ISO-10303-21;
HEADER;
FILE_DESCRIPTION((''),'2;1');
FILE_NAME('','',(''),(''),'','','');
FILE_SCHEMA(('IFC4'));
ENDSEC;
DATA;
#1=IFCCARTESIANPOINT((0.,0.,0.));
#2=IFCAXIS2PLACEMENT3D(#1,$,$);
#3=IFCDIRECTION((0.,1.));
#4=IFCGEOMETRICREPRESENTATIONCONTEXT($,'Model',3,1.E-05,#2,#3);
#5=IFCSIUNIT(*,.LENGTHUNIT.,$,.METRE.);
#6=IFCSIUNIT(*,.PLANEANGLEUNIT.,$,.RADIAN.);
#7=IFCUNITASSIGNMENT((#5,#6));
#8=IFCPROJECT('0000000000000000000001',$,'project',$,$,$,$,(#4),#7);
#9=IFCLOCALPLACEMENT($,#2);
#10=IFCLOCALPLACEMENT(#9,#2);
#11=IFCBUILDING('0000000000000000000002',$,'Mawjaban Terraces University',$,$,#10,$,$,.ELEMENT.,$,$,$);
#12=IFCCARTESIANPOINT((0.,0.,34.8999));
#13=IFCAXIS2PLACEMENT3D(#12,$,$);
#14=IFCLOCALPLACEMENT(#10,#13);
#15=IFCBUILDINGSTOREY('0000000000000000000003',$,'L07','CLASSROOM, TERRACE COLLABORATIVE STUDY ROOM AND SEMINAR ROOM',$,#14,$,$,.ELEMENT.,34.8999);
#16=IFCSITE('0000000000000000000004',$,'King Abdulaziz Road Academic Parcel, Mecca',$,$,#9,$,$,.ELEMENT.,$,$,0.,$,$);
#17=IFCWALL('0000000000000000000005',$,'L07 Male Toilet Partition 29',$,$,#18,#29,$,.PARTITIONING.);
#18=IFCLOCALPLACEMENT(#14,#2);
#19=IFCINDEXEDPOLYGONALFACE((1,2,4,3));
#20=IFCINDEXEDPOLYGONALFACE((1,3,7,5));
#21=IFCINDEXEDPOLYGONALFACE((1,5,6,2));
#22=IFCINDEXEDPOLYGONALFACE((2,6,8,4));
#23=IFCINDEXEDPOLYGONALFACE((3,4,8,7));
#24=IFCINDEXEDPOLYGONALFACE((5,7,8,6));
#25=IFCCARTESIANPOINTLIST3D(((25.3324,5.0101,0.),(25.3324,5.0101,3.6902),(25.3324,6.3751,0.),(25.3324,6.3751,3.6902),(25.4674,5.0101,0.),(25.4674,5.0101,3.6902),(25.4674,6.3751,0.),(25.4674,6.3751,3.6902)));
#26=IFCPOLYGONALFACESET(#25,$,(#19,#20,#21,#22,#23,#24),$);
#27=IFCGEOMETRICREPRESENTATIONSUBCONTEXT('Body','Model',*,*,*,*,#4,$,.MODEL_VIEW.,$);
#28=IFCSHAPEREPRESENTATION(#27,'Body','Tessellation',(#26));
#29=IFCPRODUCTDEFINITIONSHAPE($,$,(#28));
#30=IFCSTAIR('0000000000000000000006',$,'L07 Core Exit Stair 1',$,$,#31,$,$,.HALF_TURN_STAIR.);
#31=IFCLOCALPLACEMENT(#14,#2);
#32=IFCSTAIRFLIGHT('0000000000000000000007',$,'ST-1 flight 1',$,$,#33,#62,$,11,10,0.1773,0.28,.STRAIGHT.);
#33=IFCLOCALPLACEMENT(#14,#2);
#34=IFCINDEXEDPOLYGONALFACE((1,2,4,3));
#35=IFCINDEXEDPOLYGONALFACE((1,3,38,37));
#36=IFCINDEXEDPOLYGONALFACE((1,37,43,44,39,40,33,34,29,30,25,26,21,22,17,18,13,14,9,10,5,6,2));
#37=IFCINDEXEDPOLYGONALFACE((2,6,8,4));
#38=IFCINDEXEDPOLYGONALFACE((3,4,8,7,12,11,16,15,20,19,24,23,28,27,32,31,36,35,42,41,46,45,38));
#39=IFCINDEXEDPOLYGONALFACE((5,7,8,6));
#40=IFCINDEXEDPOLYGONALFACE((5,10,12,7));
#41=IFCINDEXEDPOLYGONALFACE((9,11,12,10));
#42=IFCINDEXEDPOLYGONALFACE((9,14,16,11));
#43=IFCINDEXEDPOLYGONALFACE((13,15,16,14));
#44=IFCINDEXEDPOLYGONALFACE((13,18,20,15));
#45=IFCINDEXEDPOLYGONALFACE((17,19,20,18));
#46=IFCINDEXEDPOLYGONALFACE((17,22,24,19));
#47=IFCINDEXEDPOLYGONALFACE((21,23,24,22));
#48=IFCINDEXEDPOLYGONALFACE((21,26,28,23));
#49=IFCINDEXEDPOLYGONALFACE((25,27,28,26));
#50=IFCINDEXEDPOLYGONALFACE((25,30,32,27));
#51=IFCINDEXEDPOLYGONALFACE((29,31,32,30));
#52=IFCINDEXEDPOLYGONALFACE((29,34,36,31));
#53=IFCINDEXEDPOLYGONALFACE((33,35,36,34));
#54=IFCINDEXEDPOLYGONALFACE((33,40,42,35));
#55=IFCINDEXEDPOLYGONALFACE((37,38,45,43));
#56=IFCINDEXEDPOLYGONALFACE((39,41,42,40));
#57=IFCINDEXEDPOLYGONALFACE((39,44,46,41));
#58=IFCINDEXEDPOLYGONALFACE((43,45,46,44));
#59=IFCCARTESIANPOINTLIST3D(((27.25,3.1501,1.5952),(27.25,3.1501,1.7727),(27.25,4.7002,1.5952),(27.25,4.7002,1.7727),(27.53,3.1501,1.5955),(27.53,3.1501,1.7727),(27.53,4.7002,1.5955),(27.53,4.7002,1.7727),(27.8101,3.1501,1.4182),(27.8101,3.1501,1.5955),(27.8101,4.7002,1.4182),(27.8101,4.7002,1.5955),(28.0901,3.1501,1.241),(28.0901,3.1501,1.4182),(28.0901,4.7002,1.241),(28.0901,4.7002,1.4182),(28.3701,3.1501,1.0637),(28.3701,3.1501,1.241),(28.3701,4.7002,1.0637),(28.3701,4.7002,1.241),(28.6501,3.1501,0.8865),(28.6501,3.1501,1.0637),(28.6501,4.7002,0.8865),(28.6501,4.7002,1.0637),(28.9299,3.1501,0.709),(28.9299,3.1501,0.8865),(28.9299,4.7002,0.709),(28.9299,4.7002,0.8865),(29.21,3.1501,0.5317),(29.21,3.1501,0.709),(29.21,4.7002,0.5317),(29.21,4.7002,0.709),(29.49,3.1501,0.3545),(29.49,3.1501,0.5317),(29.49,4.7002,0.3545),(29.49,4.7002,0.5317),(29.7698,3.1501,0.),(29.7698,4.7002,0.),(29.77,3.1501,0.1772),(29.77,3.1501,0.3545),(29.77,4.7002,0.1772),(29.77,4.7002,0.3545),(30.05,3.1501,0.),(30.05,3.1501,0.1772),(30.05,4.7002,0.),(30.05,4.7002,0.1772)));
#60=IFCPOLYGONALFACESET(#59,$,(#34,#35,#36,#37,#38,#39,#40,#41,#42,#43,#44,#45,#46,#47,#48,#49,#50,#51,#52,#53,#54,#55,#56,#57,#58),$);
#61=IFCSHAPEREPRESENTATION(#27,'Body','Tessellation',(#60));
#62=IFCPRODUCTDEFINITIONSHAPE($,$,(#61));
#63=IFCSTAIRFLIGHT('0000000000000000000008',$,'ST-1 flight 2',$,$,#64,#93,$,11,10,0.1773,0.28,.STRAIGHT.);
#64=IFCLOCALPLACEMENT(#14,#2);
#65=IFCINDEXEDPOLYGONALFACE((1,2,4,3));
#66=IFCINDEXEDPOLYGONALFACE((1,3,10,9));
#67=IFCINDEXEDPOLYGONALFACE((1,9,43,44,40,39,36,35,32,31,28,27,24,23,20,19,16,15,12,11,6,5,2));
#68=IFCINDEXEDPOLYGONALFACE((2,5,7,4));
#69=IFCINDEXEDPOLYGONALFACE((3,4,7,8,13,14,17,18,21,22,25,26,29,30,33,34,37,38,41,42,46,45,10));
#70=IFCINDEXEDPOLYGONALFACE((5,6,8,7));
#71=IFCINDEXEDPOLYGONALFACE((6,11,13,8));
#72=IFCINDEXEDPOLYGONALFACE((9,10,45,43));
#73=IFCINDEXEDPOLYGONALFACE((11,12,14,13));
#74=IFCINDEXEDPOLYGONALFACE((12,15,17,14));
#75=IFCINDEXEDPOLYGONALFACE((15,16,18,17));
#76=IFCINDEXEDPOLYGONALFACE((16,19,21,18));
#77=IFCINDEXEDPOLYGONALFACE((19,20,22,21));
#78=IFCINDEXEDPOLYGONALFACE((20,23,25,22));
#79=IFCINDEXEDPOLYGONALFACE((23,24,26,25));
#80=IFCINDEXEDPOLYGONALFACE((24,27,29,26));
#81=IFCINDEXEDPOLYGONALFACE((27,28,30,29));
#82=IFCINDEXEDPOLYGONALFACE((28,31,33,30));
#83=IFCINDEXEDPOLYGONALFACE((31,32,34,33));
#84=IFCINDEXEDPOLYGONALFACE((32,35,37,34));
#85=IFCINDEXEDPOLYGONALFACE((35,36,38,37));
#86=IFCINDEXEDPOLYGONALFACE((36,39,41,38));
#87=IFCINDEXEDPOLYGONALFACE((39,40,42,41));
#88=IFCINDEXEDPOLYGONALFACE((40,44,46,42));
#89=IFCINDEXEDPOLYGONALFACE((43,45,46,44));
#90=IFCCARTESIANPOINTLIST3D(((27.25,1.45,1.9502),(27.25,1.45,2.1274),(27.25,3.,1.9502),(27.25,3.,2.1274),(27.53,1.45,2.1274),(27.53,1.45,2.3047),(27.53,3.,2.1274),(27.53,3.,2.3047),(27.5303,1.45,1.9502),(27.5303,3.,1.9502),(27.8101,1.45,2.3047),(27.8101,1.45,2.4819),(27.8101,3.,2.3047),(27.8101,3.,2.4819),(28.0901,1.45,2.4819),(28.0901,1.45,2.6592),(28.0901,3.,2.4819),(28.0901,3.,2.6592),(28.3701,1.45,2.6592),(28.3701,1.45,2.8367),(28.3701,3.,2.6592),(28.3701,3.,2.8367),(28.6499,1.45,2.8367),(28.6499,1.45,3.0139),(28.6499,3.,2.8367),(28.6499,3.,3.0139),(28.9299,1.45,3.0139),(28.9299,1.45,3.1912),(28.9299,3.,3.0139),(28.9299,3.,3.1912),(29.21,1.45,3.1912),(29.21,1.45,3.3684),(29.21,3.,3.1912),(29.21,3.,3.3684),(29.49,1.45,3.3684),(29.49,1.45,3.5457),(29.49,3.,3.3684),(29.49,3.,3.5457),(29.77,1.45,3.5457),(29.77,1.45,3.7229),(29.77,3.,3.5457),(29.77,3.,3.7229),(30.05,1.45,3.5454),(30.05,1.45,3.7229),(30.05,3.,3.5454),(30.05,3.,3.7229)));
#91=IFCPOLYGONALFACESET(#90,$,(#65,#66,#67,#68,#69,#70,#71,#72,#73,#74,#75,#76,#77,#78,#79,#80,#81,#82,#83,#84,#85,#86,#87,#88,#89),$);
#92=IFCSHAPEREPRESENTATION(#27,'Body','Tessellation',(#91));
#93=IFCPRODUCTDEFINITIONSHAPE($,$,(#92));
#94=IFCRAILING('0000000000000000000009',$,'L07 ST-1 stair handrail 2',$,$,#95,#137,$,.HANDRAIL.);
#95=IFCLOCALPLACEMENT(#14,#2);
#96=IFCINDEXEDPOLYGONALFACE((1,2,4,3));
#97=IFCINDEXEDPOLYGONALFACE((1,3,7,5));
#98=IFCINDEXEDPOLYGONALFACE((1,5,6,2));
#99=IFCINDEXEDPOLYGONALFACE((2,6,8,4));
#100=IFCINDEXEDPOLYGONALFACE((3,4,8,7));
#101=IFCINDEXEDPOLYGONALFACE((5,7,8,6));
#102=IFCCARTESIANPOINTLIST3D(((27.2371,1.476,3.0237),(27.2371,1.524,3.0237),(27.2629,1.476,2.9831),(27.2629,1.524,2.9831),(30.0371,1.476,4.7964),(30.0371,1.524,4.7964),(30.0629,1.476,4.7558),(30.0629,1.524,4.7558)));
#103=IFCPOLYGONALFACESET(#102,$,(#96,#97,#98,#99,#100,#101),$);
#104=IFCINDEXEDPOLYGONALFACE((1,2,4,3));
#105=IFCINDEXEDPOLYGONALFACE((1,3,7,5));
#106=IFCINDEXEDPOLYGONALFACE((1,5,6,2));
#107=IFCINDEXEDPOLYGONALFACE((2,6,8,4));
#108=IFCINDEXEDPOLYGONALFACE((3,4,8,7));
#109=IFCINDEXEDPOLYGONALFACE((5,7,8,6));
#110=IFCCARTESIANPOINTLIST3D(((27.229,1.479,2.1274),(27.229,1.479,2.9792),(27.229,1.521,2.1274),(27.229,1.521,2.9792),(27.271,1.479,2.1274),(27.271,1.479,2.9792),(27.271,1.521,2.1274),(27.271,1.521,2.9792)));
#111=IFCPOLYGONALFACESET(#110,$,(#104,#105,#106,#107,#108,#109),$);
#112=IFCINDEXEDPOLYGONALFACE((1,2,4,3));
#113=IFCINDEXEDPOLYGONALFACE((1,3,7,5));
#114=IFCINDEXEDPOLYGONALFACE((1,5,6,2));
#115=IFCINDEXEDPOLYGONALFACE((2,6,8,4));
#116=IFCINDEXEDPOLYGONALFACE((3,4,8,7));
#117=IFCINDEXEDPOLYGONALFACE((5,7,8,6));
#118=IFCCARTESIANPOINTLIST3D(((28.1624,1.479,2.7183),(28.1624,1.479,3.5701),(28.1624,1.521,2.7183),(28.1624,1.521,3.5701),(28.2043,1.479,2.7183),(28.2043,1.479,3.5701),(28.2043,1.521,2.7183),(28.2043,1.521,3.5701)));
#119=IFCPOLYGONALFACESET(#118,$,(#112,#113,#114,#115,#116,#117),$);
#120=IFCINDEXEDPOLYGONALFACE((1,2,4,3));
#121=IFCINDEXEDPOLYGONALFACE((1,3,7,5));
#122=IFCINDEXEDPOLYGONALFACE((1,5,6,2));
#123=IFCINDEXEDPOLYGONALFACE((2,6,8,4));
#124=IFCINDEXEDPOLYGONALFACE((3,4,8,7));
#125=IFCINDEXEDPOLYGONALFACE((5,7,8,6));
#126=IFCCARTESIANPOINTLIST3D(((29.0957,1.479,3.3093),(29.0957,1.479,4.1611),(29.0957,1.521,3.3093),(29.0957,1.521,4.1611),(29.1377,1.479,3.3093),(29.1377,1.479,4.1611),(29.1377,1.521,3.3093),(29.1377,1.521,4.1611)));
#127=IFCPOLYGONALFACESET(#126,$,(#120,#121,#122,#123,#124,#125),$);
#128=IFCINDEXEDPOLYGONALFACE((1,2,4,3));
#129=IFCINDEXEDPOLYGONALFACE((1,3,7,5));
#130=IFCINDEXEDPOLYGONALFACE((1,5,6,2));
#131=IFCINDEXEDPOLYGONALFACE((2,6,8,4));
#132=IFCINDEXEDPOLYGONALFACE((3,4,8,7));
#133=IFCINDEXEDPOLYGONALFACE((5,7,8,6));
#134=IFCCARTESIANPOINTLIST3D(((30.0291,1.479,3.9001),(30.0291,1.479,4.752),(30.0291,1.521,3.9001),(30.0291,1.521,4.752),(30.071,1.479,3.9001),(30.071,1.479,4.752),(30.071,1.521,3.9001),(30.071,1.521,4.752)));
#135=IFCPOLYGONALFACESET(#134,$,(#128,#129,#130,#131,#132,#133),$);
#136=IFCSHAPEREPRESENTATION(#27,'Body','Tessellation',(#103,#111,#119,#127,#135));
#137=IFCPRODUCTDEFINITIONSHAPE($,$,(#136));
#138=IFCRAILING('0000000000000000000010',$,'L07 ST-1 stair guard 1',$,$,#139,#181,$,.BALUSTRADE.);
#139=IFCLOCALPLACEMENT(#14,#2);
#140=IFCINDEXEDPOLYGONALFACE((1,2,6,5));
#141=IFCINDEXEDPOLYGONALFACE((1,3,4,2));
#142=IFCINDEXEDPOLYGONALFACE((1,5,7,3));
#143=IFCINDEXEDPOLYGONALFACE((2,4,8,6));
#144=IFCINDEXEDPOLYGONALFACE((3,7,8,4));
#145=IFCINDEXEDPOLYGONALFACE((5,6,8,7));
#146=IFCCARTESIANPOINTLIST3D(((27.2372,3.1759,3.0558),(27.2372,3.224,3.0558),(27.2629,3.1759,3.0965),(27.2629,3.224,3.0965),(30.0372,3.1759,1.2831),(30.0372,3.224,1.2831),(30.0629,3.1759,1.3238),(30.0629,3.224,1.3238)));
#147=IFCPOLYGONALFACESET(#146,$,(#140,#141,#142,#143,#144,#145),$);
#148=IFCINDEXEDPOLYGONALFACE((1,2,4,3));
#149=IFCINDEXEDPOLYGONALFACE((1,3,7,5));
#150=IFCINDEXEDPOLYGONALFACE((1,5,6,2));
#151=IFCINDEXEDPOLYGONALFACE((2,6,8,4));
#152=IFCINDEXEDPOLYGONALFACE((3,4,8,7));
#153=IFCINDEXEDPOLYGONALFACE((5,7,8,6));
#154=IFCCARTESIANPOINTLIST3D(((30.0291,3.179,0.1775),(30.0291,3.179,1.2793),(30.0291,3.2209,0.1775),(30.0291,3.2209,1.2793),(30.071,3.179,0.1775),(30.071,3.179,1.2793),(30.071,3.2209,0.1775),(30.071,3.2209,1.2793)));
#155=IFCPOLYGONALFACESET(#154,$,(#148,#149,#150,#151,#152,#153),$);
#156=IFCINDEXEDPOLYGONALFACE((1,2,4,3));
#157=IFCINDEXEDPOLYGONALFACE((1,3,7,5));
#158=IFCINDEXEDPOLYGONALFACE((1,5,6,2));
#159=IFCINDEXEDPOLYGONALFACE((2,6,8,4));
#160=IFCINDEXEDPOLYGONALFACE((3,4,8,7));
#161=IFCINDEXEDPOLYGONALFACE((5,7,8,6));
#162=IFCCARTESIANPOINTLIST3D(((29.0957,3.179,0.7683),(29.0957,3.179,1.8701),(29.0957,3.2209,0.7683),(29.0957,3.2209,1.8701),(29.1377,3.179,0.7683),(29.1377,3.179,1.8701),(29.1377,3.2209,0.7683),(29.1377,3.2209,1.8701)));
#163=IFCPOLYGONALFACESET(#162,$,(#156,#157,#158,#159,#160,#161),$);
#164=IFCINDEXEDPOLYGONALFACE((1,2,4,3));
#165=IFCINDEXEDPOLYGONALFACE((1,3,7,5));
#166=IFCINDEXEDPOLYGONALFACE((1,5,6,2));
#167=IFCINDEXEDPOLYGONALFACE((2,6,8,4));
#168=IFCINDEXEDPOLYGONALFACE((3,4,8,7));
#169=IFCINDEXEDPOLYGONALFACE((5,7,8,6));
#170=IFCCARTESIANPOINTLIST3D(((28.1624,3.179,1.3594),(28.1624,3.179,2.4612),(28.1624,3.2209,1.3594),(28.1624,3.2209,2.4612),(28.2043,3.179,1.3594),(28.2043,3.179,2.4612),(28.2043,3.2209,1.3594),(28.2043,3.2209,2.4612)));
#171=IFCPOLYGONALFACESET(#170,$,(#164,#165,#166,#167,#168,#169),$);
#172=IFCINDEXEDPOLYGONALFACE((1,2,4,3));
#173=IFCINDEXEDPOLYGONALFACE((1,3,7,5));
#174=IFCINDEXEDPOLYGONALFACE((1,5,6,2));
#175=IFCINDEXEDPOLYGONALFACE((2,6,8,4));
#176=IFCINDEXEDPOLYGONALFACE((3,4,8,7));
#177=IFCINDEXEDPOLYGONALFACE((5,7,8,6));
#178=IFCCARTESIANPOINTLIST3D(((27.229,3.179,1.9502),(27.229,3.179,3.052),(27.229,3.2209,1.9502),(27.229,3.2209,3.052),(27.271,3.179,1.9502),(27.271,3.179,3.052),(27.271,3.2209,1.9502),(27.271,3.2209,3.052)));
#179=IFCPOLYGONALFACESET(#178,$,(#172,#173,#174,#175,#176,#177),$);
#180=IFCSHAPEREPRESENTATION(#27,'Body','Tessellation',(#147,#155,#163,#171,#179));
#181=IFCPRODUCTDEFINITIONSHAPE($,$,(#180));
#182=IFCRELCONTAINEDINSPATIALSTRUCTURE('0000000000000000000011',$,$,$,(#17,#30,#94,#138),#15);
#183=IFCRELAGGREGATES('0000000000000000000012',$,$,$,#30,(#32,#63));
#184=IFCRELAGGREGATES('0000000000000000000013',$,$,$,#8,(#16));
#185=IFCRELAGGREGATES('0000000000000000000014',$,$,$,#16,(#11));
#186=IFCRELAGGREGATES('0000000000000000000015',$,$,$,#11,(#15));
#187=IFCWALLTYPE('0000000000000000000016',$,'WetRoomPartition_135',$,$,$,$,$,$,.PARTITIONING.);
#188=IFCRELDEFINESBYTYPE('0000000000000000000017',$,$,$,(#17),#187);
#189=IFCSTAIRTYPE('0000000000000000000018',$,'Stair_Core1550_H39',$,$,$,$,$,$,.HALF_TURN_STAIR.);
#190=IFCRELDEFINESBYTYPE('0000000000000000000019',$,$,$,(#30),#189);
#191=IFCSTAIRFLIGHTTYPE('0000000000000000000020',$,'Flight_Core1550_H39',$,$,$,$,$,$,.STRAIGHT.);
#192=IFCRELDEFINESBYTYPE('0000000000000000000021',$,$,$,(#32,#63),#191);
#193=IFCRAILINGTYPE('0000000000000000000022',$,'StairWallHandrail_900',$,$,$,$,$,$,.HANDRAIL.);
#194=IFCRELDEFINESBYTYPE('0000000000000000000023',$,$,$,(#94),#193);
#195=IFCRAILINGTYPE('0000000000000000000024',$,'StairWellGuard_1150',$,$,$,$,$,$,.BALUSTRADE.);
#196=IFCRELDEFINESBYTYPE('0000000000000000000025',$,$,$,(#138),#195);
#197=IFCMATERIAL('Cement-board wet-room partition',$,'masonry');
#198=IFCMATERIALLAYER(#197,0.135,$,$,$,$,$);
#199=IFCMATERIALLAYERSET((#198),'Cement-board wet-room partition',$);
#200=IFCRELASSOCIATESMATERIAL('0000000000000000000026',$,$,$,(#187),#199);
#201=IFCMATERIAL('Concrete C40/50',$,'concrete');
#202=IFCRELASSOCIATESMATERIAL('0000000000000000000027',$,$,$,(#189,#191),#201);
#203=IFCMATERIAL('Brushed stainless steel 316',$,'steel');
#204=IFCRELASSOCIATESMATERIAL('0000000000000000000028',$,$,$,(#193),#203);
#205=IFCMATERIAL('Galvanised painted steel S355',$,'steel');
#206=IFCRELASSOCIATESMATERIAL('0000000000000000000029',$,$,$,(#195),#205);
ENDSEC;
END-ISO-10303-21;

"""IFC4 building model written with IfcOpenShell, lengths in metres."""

from ifc_helpers import new_model, si_unit, direction, frame, frame_2d, origin, origin_2d, place, context, subcontext, project, spatial, polyline, rectangle, outline, extrude, material, layer, layer_set, type_object, element, aggregate, save


model = new_model("IFC4")

# Units and contexts
model_context = context("Model", 3, precision=1e-05, world=origin(), true_north=direction((0.0, 1.0)))
body_context = subcontext(model_context, "Body", "Model", "MODEL_VIEW")
ifc_project = project(units=[si_unit("LENGTHUNIT", "METRE"), si_unit("PLANEANGLEUNIT", "RADIAN")], contexts=[model_context])

# Site, building, storey
site_placement = place(None, origin())
site = spatial("IfcSite", under=ifc_project, at=site_placement, Name="King Abdulaziz Road Academic Parcel, Mecca", CompositionType="ELEMENT", RefElevation=0.0)
building_placement = place(site_placement, origin())
building = spatial("IfcBuilding", under=site, at=building_placement, Name="Mawjaban Terraces University", CompositionType="ELEMENT")
storey_placement = place(building_placement, frame((0.0, 0.0, 34.8999)))
storey = spatial("IfcBuildingStorey", under=building, at=storey_placement, Name="L07", Description="CLASSROOM, TERRACE COLLABORATIVE STUDY ROOM AND SEMINAR ROOM", CompositionType="ELEMENT", Elevation=34.8999)

# Wall
ifc_material_1 = material(Name="Cement-board wet-room partition", Category="masonry")
ifc_layer_1 = layer(ifc_material_1, 0.135)
ifc_layer_set_1 = layer_set([ifc_layer_1], Name="Cement-board wet-room partition")
wall_type_1 = type_object("IfcWallType", Name="WetRoomPartition_135", PredefinedType="PARTITIONING", material=ifc_layer_set_1)
wall_1_placement = place(storey_placement, frame((25.3999, 5.01, 0.0), z_axis=(0.0, 0.0, 1.0), x_axis=(0.0, 1.0, 0.0)))
element("IfcWall", 1, at=wall_1_placement, inside=storey, type_object=wall_type_1, Name="L07 Male Toilet Partition 29", PredefinedType="PARTITIONING", context=body_context, shape_type="SweptSolid", body=[
    extrude(rectangle(XDim=1.365, YDim=0.135, at=frame_2d((0.6826, 0.0))), origin(), (0.0, 0.0, 1.0), 3.6902),
])

# Stair, stair flights
ifc_material_2 = material(Name="Concrete C40/50", Category="concrete")
stair_type = type_object("IfcStairType", Name="Stair_Core1550_H39", PredefinedType="HALF_TURN_STAIR", material=ifc_material_2)
stair_placement = place(storey_placement, origin())
stair = element("IfcStair", 2, at=stair_placement, inside=storey, type_object=stair_type, Name="L07 Core Exit Stair 1", PredefinedType="HALF_TURN_STAIR")
stair_flight_type = type_object("IfcStairFlightType", Name="Flight_Core1550_H39", PredefinedType="STRAIGHT", material=ifc_material_2)
stair_flight_1_placement = place(storey_placement, frame((30.05, 3.925, 0.0), z_axis=(0.0, 0.0, 1.0), x_axis=(-1.0, 0.0, 0.0)))
stair_flight_1 = element("IfcStairFlight", 3, at=stair_flight_1_placement, type_object=stair_flight_type, Name="ST-1 flight 1", NumberOfRisers=11, NumberOfTreads=10, PredefinedType="STRAIGHT", RiserHeight=0.1773, TreadLength=0.28, context=body_context, shape_type="SweptSolid", body=[
    extrude(outline(polyline([(0.0, 0.0), (0.0, 0.1772), (0.28, 0.1772), (0.28, 0.3545), (0.5601, 0.3545), (0.5601, 0.5317), (0.8401, 0.5317), (0.8401, 0.709), (1.1201, 0.709), (1.1201, 0.8865), (1.3999, 0.8865), (1.3999, 1.0637), (1.6799, 1.0637), (1.6799, 1.241), (1.96, 1.241), (1.96, 1.4182), (2.24, 1.4182), (2.24, 1.5955), (2.52, 1.5955), (2.52, 1.7727), (2.8, 1.7727), (2.8, 1.95), (2.8, 1.5952), (0.2803, 0.0), (0.0, 0.0)])), frame((0.0, 0.7749, 0.0), z_axis=(0.0, -1.0, 0.0), x_axis=(1.0, 0.0, 0.0)), (0.0, 0.0, 1.0), 1.55),
])
stair_flight_2_placement = place(storey_placement, frame((27.25, 2.2251, 1.9502), z_axis=(0.0, 0.0, 1.0), x_axis=(1.0, 0.0, 0.0)))
stair_flight_2 = element("IfcStairFlight", 4, at=stair_flight_2_placement, type_object=stair_flight_type, Name="ST-1 flight 2", NumberOfRisers=11, NumberOfTreads=10, PredefinedType="STRAIGHT", RiserHeight=0.1773, TreadLength=0.28, context=body_context, shape_type="SweptSolid", body=[
    extrude(outline(polyline([(0.0, 0.0), (0.0, 0.1772), (0.28, 0.1772), (0.28, 0.3545), (0.5601, 0.3545), (0.5601, 0.5317), (0.8401, 0.5317), (0.8401, 0.709), (1.1201, 0.709), (1.1201, 0.8865), (1.3999, 0.8865), (1.3999, 1.0637), (1.6799, 1.0637), (1.6799, 1.241), (1.96, 1.241), (1.96, 1.4182), (2.24, 1.4182), (2.24, 1.5955), (2.52, 1.5955), (2.52, 1.7727), (2.8, 1.7727), (2.8, 1.95), (2.8, 1.5952), (0.2803, 0.0), (0.0, 0.0)])), frame((0.0, 0.7749, 0.0), z_axis=(0.0, -1.0, 0.0), x_axis=(1.0, 0.0, 0.0)), (0.0, 0.0, 1.0), 1.55),
])
aggregate(stair, [stair_flight_1, stair_flight_2])

# Railings
ifc_material_3 = material(Name="Brushed stainless steel 316", Category="steel")
railing_type_1 = type_object("IfcRailingType", Name="StairWallHandrail_900", PredefinedType="HANDRAIL", material=ifc_material_3)
railing_1_placement = place(storey_placement, frame((27.25, 1.5, 2.1274)))
element("IfcRailing", 5, at=railing_1_placement, inside=storey, type_object=railing_type_1, Name="L07 ST-1 stair handrail 2", PredefinedType="HANDRAIL", context=body_context, shape_type="SweptSolid", body=[
    extrude(rectangle(XDim=0.0481, YDim=0.0481, at=origin_2d()), frame((0.0, 0.0, 0.876), z_axis=(0.844909, 0.0, 0.53491), x_axis=(0.0, 1.0, 0.0)), (0.0, 0.0, 1.0), 3.314),
    extrude(rectangle(XDim=0.042, YDim=0.042, at=origin_2d()), origin(), (0.0, 0.0, 1.0), 0.8518),
    extrude(rectangle(XDim=0.042, YDim=0.042, at=origin_2d()), frame((0.9333, 0.0, 0.5908)), (0.0, 0.0, 1.0), 0.8518),
    extrude(rectangle(XDim=0.042, YDim=0.042, at=origin_2d()), frame((1.8667, 0.0, 1.1819)), (0.0, 0.0, 1.0), 0.8518),
    extrude(rectangle(XDim=0.042, YDim=0.042, at=origin_2d()), frame((2.8, 0.0, 1.7727)), (0.0, 0.0, 1.0), 0.8518),
])
ifc_material_4 = material(Name="Galvanised painted steel S355", Category="steel")
railing_type_2 = type_object("IfcRailingType", Name="StairWellGuard_1150", PredefinedType="BALUSTRADE", material=ifc_material_4)
railing_2_placement = place(storey_placement, frame((30.05, 3.2, 0.1775)))
element("IfcRailing", 6, at=railing_2_placement, inside=storey, type_object=railing_type_2, Name="L07 ST-1 stair guard 1", PredefinedType="BALUSTRADE", context=body_context, shape_type="SweptSolid", body=[
    extrude(rectangle(XDim=0.0481, YDim=0.0481, at=origin_2d()), frame((0.0, 0.0, 1.126), z_axis=(-0.844909, 0.0, 0.53491), x_axis=(0.0, -1.0, 0.0)), (0.0, 0.0, 1.0), 3.314),
    extrude(rectangle(XDim=0.042, YDim=0.042, at=origin_2d()), origin(), (0.0, 0.0, 1.0), 1.1018),
    extrude(rectangle(XDim=0.042, YDim=0.042, at=origin_2d()), frame((-0.9333, 0.0, 0.5908)), (0.0, 0.0, 1.0), 1.1018),
    extrude(rectangle(XDim=0.042, YDim=0.042, at=origin_2d()), frame((-1.8667, 0.0, 1.1819)), (0.0, 0.0, 1.0), 1.1018),
    extrude(rectangle(XDim=0.042, YDim=0.042, at=origin_2d()), frame((-2.8, 0.0, 1.7727)), (0.0, 0.0, 1.0), 1.1018),
])

save(model, "model.ifc")
